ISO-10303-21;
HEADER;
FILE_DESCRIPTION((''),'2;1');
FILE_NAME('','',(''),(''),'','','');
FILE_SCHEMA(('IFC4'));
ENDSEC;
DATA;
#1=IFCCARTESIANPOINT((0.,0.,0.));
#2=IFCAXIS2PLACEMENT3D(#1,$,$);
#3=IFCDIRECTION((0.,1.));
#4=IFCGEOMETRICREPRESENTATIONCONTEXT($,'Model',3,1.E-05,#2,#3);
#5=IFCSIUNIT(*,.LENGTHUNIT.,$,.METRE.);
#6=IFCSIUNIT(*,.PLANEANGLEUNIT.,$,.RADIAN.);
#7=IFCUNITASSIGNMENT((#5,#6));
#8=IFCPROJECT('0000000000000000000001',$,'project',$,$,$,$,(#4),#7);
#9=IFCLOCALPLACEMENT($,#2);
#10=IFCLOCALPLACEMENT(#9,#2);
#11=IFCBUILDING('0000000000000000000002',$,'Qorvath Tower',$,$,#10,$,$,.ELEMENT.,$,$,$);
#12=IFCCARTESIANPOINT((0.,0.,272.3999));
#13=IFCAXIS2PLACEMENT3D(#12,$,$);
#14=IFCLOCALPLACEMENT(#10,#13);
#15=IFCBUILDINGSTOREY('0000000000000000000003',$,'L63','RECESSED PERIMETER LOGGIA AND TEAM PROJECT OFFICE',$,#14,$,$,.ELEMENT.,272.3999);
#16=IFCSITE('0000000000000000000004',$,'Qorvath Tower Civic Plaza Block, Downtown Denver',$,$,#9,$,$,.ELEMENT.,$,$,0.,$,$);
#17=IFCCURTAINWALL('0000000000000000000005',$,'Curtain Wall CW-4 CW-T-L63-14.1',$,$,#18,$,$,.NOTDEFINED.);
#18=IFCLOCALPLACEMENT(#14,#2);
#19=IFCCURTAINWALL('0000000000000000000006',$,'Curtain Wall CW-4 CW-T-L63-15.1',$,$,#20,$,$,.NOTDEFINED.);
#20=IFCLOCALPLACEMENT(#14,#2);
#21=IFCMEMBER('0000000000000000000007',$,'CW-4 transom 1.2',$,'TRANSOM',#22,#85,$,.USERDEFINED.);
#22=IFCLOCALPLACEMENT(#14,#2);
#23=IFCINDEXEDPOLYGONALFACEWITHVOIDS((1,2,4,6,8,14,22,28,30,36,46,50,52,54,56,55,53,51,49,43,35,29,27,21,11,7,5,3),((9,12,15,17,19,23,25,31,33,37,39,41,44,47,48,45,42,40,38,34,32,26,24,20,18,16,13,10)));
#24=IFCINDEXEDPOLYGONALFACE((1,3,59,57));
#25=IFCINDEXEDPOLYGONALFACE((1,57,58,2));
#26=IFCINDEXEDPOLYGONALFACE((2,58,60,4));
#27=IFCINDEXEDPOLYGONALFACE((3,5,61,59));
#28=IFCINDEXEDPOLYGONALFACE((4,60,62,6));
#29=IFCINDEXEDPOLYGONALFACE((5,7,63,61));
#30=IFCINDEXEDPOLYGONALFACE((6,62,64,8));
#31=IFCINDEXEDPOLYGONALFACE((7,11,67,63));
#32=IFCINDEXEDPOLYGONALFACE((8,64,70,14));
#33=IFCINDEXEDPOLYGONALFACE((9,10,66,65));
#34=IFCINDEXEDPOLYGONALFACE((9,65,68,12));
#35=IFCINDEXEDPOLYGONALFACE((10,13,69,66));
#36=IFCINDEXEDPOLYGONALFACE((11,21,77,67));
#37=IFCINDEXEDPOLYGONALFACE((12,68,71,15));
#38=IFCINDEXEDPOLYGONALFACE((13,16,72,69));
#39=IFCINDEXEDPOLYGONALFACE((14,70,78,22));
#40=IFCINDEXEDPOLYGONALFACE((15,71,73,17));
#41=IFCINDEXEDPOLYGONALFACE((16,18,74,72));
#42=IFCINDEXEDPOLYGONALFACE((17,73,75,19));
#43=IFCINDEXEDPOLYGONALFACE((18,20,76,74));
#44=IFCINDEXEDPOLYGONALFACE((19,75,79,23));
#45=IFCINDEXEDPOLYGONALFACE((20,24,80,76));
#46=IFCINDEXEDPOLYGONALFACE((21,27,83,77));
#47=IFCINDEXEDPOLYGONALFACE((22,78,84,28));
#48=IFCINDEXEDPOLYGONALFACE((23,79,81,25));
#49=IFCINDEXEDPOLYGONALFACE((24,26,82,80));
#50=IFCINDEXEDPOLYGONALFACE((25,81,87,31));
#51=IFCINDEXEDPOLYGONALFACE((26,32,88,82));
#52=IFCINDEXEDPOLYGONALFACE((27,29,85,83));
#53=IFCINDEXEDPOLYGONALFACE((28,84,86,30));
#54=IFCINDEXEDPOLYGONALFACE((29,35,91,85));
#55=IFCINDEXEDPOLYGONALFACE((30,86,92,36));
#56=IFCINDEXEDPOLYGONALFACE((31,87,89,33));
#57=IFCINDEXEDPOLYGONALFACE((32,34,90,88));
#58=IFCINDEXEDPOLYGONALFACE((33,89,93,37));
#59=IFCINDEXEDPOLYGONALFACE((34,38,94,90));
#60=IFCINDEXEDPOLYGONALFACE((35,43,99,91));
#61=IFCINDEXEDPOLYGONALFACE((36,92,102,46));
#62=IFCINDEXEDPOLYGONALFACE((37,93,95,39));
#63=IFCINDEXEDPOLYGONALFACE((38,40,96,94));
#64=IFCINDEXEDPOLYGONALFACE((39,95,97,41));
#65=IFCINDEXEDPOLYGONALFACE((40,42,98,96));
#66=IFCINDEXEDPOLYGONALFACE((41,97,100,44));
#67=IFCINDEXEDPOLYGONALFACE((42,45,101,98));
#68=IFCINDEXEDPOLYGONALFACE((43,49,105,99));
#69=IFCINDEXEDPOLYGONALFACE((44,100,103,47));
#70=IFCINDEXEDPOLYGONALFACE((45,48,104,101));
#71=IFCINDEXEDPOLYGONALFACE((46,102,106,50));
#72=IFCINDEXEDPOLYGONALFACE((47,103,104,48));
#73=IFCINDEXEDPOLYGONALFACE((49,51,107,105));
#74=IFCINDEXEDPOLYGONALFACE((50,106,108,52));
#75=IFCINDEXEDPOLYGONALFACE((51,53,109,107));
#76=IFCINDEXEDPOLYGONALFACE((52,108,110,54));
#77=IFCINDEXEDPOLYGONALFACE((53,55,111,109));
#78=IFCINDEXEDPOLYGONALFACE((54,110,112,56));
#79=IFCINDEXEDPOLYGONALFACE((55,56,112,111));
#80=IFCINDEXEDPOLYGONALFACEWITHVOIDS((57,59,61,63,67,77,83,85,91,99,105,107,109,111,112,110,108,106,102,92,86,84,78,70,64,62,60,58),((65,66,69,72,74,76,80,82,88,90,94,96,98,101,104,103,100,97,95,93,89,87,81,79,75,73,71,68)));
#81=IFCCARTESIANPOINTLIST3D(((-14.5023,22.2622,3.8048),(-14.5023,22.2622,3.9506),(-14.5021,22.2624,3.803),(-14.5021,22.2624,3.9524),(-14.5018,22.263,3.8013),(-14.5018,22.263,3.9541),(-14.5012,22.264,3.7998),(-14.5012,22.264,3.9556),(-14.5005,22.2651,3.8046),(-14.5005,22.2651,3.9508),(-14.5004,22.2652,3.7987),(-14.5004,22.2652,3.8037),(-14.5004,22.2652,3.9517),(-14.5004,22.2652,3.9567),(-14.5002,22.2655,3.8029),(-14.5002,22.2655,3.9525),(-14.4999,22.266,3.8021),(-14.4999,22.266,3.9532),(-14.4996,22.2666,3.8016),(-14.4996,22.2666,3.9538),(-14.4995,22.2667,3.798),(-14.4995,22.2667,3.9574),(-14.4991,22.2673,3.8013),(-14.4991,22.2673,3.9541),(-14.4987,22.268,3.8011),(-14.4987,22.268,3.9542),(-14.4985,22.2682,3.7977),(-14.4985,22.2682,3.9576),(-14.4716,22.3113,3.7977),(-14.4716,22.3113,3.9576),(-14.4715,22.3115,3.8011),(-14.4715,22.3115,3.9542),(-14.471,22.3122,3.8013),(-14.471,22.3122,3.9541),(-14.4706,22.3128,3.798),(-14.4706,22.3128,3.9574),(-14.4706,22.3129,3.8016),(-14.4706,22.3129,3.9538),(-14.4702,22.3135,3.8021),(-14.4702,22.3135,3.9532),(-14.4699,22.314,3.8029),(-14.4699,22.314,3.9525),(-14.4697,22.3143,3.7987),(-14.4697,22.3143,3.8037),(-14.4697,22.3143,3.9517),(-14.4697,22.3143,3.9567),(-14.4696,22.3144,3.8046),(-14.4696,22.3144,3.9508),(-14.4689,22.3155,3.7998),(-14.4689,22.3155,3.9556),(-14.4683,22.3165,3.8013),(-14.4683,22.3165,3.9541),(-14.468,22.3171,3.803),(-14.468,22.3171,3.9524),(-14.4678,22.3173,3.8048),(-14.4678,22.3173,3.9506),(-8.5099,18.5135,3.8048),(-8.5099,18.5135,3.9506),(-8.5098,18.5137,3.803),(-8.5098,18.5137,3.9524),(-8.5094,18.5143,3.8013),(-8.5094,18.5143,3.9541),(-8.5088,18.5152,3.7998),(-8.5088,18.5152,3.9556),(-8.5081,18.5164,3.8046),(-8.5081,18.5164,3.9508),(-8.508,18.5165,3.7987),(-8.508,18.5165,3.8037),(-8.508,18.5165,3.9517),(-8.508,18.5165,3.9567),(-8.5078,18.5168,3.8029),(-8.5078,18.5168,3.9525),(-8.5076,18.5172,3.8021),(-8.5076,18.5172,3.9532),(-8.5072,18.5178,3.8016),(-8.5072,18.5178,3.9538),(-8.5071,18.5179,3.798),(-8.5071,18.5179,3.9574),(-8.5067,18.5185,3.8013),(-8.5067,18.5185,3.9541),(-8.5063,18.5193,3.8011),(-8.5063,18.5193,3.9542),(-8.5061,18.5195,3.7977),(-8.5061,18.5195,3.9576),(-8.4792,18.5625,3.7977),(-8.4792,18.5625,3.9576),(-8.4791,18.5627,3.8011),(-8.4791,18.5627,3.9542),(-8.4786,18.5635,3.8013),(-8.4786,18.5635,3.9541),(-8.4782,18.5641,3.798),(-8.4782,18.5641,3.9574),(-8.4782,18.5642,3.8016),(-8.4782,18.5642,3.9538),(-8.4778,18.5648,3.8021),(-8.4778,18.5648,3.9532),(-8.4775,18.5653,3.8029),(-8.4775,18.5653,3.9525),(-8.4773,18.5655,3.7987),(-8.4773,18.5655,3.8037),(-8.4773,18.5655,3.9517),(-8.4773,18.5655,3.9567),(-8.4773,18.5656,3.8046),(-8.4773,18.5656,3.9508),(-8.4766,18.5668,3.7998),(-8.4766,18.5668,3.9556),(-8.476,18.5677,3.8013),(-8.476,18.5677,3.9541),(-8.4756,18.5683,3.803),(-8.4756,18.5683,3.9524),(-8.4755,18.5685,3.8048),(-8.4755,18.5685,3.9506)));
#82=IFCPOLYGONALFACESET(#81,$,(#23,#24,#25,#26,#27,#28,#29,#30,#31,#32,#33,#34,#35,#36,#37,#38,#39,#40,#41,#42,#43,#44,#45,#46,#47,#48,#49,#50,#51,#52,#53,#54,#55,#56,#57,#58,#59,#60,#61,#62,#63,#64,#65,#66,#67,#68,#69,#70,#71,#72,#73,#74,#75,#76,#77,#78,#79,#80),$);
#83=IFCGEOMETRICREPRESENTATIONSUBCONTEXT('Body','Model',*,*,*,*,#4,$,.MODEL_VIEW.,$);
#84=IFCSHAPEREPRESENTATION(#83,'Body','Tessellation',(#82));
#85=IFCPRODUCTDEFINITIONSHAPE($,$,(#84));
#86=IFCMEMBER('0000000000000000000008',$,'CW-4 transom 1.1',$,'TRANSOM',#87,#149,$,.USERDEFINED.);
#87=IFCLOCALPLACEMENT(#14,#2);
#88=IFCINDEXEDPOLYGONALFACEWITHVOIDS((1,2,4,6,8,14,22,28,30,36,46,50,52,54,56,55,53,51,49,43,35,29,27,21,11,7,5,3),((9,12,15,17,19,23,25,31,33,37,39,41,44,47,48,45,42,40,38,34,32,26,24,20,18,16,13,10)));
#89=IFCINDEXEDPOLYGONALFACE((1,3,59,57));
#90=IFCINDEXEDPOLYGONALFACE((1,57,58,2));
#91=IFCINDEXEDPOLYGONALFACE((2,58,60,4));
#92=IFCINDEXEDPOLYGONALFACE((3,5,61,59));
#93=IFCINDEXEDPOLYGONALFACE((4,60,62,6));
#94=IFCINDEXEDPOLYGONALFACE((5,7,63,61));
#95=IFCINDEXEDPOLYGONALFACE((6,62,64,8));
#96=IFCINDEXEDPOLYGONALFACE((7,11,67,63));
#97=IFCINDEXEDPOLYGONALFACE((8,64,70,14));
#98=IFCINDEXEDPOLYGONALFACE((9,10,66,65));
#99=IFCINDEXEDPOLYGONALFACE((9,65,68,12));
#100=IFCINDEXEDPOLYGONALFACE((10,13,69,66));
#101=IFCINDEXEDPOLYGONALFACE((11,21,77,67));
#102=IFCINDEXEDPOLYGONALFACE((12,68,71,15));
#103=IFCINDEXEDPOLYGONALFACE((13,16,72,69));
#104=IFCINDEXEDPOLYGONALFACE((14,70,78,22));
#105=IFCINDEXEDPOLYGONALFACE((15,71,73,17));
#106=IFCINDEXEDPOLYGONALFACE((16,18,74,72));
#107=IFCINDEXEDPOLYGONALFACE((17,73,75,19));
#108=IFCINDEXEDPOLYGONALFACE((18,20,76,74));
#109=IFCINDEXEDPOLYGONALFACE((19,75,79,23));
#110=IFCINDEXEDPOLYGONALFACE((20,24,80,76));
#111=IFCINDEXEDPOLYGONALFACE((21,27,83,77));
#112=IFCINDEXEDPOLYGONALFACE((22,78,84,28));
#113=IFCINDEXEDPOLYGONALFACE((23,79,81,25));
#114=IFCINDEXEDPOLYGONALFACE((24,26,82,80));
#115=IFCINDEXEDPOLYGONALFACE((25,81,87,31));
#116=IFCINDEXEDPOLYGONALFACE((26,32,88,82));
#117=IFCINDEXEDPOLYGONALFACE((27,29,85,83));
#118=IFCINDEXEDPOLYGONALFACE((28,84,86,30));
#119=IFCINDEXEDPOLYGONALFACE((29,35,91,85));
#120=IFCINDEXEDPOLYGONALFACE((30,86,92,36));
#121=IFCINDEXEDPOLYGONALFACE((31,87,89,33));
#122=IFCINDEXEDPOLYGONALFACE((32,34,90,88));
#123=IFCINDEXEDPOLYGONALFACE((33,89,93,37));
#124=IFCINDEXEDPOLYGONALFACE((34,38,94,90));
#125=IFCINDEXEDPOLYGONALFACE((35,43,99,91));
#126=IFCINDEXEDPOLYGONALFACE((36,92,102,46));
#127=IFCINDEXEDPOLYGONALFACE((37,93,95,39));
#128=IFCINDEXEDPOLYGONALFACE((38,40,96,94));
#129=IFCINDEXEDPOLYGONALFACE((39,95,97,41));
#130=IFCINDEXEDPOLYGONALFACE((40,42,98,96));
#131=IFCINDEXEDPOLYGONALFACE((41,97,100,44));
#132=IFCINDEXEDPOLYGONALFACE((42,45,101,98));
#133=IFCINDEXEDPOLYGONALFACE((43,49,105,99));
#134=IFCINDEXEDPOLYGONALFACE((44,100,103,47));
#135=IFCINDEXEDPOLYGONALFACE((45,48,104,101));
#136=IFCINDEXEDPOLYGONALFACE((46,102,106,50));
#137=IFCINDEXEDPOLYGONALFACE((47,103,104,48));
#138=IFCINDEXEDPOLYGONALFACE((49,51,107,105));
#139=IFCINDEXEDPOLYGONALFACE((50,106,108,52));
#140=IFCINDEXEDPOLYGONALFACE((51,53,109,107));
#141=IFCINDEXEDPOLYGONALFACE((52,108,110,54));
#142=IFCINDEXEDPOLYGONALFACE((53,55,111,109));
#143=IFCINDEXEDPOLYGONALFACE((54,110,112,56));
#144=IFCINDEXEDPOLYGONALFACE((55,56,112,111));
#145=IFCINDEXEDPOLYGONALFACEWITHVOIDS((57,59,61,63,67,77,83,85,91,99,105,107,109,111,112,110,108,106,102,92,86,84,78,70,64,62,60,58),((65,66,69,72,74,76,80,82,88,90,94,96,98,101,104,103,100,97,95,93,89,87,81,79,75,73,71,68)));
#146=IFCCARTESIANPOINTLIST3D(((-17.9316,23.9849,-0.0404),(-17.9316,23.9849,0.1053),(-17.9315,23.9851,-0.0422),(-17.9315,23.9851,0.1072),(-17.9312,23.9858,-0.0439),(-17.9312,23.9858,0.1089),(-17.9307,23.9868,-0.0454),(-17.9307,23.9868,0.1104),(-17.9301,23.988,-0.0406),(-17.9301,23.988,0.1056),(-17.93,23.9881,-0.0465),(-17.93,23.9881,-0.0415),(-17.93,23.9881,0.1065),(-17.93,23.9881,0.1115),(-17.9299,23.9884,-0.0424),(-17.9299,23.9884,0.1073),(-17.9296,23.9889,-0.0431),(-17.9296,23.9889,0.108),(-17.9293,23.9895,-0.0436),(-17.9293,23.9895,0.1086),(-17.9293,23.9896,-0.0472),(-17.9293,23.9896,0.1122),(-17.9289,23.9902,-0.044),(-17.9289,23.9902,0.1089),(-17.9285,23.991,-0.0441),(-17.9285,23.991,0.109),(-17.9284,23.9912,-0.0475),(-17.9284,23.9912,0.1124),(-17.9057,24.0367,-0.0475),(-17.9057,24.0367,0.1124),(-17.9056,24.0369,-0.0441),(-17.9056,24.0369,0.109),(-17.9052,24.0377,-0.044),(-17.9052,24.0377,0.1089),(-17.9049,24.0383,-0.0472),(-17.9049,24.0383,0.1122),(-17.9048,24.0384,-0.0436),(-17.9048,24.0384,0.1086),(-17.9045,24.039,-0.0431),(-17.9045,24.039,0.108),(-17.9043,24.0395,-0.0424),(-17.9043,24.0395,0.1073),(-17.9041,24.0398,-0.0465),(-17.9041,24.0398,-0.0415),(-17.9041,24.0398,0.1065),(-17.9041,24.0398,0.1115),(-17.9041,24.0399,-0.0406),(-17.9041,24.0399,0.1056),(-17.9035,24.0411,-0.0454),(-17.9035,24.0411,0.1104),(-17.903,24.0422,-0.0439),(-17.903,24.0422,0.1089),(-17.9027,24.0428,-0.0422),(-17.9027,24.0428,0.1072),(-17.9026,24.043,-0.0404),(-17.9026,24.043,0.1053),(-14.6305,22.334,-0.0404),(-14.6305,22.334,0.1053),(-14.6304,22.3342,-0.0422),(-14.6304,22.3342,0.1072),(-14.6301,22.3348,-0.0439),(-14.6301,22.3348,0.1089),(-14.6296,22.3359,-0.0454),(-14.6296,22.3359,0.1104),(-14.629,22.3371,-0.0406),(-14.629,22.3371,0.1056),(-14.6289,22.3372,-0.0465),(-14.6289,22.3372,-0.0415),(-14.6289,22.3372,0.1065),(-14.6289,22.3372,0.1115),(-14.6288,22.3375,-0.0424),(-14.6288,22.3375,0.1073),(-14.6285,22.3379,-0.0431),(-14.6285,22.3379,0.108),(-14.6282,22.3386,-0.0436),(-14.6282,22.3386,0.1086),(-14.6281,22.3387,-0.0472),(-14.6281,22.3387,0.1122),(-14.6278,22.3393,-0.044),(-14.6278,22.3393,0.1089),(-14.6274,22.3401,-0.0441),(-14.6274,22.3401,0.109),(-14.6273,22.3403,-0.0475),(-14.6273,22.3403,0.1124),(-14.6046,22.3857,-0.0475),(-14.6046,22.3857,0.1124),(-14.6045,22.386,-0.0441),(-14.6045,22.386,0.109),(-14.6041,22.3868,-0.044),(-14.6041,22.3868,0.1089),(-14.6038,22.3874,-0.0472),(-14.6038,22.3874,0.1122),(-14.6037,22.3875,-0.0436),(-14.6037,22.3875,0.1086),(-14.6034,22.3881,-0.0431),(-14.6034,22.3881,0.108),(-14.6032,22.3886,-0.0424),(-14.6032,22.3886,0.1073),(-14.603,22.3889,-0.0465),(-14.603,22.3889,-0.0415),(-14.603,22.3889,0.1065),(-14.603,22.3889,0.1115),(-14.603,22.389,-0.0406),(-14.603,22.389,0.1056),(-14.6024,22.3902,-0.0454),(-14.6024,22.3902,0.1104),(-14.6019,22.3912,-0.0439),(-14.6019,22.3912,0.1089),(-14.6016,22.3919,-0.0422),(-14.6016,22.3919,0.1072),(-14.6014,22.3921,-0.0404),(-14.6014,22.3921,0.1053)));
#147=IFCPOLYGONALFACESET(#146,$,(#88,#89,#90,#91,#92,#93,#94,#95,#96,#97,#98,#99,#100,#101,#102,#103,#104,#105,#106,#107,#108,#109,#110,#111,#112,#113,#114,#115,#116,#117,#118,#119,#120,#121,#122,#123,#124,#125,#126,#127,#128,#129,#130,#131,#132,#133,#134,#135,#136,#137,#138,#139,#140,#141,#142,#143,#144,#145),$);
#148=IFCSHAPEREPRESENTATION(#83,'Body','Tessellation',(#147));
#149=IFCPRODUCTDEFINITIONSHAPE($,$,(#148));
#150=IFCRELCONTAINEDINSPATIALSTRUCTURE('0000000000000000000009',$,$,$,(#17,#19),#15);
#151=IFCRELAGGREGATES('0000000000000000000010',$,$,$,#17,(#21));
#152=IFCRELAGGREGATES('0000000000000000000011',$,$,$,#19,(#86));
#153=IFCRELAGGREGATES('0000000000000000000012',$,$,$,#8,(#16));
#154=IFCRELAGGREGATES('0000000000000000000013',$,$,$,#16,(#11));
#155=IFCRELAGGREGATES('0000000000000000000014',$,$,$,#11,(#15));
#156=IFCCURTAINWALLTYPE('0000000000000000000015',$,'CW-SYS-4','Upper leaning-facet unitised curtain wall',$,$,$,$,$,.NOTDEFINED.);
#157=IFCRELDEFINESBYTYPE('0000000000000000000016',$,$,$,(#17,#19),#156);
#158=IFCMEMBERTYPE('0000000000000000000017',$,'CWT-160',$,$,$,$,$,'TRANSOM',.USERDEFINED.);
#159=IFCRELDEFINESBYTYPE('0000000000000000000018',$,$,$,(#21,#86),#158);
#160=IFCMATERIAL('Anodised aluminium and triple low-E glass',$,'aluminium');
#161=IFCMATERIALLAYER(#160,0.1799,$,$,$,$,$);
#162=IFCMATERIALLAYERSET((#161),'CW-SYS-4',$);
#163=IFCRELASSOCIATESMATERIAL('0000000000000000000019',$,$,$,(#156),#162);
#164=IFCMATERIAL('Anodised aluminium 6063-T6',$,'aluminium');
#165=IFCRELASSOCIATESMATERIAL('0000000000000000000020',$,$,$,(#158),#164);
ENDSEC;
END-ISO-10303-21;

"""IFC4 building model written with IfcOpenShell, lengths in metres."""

from ifc_helpers import new_model, si_unit, direction, frame, origin, origin_2d, place, context, subcontext, project, spatial, hollow_rectangle, extrude, material, layer, layer_set, material_profile, profile_set, type_object, element, aggregate, save


model = new_model("IFC4")

# Units and contexts
model_context = context("Model", 3, precision=1e-05, world=origin(), true_north=direction((0.0, 1.0)))
body_context = subcontext(model_context, "Body", "Model", "MODEL_VIEW")
ifc_project = project(units=[si_unit("LENGTHUNIT", "METRE"), si_unit("PLANEANGLEUNIT", "RADIAN")], contexts=[model_context])

# Site, building, storey
site_placement = place(None, origin())
site = spatial("IfcSite", under=ifc_project, at=site_placement, Name="Qorvath Tower Civic Plaza Block, Downtown Denver", CompositionType="ELEMENT", RefElevation=0.0)
building_placement = place(site_placement, origin())
building = spatial("IfcBuilding", under=site, at=building_placement, Name="Qorvath Tower", CompositionType="ELEMENT")
storey_placement = place(building_placement, frame((0.0, 0.0, 272.3999)))
storey = spatial("IfcBuildingStorey", under=building, at=storey_placement, Name="L63", Description="RECESSED PERIMETER LOGGIA AND TEAM PROJECT OFFICE", CompositionType="ELEMENT", Elevation=272.3999)

# Shared definitions
ifc_material_1 = material(Name="Anodised aluminium and triple low-E glass", Category="aluminium")
ifc_layer_1 = layer(ifc_material_1, 0.1799)
ifc_layer_set_1 = layer_set([ifc_layer_1], Name="CW-SYS-4")
curtain_wall_type = type_object("IfcCurtainWallType", Name="CW-SYS-4", Description="Upper leaning-facet unitised curtain wall", PredefinedType="NOTDEFINED", material=ifc_layer_set_1)

# Curtain walls
curtain_wall_1_placement = place(storey_placement, origin())
curtain_wall_1 = element("IfcCurtainWall", 1, at=curtain_wall_1_placement, inside=storey, type_object=curtain_wall_type, Name="Curtain Wall CW-4 CW-T-L63-14.1", PredefinedType="NOTDEFINED")
curtain_wall_2_placement = place(storey_placement, origin())
curtain_wall_2 = element("IfcCurtainWall", 2, at=curtain_wall_2_placement, inside=storey, type_object=curtain_wall_type, Name="Curtain Wall CW-4 CW-T-L63-15.1", PredefinedType="NOTDEFINED")

# Members
ifc_material_2 = material(Name="Anodised aluminium 6063-T6", Category="aluminium")
ifc_material_profile_1 = material_profile(ifc_material_2, hollow_rectangle(XDim=0.0649, YDim=0.1599, WallThickness=0.0034, InnerFilletRadius=0.0034, OuterFilletRadius=0.0071, at=origin_2d()), Name="CWT 160x65")
ifc_profile_set_1 = profile_set([ifc_material_profile_1], Name="Anodised aluminium 6063-T6")
member_type_1 = type_object("IfcMemberType", Name="CWT-160", ElementType="TRANSOM", PredefinedType="USERDEFINED", material=ifc_profile_set_1)
member_1_placement = place(storey_placement, frame((-8.4927, 18.541, 3.8777), z_axis=(-0.847775, 0.530356, 0.0), x_axis=(-0.530356, -0.847775, 0.0)))
member_1 = element("IfcMember", 3, at=member_1_placement, type_object=member_type_1, Name="CW-4 transom 1.2", ObjectType="TRANSOM", PredefinedType="USERDEFINED", context=body_context, shape_type="SweptSolid", body=[
    extrude(hollow_rectangle(XDim=0.0649, YDim=0.1599, WallThickness=0.0034, InnerFilletRadius=0.0034, OuterFilletRadius=0.0071, at=origin_2d()), origin(), (0.0, 0.0, 1.0), 7.0684),
])
member_2_placement = place(storey_placement, frame((-14.616, 22.363, 0.0325), z_axis=(-0.894387, 0.447293, 0.0), x_axis=(-0.447293, -0.894387, 0.0)))
member_2 = element("IfcMember", 4, at=member_2_placement, type_object=member_type_1, Name="CW-4 transom 1.1", ObjectType="TRANSOM", PredefinedType="USERDEFINED", context=body_context, shape_type="SweptSolid", body=[
    extrude(hollow_rectangle(XDim=0.0649, YDim=0.1599, WallThickness=0.0034, InnerFilletRadius=0.0034, OuterFilletRadius=0.0071, at=origin_2d()), origin(), (0.0, 0.0, 1.0), 3.6909),
])

aggregate(curtain_wall_1, [member_1])
aggregate(curtain_wall_2, [member_2])

save(model, "model.ifc")
